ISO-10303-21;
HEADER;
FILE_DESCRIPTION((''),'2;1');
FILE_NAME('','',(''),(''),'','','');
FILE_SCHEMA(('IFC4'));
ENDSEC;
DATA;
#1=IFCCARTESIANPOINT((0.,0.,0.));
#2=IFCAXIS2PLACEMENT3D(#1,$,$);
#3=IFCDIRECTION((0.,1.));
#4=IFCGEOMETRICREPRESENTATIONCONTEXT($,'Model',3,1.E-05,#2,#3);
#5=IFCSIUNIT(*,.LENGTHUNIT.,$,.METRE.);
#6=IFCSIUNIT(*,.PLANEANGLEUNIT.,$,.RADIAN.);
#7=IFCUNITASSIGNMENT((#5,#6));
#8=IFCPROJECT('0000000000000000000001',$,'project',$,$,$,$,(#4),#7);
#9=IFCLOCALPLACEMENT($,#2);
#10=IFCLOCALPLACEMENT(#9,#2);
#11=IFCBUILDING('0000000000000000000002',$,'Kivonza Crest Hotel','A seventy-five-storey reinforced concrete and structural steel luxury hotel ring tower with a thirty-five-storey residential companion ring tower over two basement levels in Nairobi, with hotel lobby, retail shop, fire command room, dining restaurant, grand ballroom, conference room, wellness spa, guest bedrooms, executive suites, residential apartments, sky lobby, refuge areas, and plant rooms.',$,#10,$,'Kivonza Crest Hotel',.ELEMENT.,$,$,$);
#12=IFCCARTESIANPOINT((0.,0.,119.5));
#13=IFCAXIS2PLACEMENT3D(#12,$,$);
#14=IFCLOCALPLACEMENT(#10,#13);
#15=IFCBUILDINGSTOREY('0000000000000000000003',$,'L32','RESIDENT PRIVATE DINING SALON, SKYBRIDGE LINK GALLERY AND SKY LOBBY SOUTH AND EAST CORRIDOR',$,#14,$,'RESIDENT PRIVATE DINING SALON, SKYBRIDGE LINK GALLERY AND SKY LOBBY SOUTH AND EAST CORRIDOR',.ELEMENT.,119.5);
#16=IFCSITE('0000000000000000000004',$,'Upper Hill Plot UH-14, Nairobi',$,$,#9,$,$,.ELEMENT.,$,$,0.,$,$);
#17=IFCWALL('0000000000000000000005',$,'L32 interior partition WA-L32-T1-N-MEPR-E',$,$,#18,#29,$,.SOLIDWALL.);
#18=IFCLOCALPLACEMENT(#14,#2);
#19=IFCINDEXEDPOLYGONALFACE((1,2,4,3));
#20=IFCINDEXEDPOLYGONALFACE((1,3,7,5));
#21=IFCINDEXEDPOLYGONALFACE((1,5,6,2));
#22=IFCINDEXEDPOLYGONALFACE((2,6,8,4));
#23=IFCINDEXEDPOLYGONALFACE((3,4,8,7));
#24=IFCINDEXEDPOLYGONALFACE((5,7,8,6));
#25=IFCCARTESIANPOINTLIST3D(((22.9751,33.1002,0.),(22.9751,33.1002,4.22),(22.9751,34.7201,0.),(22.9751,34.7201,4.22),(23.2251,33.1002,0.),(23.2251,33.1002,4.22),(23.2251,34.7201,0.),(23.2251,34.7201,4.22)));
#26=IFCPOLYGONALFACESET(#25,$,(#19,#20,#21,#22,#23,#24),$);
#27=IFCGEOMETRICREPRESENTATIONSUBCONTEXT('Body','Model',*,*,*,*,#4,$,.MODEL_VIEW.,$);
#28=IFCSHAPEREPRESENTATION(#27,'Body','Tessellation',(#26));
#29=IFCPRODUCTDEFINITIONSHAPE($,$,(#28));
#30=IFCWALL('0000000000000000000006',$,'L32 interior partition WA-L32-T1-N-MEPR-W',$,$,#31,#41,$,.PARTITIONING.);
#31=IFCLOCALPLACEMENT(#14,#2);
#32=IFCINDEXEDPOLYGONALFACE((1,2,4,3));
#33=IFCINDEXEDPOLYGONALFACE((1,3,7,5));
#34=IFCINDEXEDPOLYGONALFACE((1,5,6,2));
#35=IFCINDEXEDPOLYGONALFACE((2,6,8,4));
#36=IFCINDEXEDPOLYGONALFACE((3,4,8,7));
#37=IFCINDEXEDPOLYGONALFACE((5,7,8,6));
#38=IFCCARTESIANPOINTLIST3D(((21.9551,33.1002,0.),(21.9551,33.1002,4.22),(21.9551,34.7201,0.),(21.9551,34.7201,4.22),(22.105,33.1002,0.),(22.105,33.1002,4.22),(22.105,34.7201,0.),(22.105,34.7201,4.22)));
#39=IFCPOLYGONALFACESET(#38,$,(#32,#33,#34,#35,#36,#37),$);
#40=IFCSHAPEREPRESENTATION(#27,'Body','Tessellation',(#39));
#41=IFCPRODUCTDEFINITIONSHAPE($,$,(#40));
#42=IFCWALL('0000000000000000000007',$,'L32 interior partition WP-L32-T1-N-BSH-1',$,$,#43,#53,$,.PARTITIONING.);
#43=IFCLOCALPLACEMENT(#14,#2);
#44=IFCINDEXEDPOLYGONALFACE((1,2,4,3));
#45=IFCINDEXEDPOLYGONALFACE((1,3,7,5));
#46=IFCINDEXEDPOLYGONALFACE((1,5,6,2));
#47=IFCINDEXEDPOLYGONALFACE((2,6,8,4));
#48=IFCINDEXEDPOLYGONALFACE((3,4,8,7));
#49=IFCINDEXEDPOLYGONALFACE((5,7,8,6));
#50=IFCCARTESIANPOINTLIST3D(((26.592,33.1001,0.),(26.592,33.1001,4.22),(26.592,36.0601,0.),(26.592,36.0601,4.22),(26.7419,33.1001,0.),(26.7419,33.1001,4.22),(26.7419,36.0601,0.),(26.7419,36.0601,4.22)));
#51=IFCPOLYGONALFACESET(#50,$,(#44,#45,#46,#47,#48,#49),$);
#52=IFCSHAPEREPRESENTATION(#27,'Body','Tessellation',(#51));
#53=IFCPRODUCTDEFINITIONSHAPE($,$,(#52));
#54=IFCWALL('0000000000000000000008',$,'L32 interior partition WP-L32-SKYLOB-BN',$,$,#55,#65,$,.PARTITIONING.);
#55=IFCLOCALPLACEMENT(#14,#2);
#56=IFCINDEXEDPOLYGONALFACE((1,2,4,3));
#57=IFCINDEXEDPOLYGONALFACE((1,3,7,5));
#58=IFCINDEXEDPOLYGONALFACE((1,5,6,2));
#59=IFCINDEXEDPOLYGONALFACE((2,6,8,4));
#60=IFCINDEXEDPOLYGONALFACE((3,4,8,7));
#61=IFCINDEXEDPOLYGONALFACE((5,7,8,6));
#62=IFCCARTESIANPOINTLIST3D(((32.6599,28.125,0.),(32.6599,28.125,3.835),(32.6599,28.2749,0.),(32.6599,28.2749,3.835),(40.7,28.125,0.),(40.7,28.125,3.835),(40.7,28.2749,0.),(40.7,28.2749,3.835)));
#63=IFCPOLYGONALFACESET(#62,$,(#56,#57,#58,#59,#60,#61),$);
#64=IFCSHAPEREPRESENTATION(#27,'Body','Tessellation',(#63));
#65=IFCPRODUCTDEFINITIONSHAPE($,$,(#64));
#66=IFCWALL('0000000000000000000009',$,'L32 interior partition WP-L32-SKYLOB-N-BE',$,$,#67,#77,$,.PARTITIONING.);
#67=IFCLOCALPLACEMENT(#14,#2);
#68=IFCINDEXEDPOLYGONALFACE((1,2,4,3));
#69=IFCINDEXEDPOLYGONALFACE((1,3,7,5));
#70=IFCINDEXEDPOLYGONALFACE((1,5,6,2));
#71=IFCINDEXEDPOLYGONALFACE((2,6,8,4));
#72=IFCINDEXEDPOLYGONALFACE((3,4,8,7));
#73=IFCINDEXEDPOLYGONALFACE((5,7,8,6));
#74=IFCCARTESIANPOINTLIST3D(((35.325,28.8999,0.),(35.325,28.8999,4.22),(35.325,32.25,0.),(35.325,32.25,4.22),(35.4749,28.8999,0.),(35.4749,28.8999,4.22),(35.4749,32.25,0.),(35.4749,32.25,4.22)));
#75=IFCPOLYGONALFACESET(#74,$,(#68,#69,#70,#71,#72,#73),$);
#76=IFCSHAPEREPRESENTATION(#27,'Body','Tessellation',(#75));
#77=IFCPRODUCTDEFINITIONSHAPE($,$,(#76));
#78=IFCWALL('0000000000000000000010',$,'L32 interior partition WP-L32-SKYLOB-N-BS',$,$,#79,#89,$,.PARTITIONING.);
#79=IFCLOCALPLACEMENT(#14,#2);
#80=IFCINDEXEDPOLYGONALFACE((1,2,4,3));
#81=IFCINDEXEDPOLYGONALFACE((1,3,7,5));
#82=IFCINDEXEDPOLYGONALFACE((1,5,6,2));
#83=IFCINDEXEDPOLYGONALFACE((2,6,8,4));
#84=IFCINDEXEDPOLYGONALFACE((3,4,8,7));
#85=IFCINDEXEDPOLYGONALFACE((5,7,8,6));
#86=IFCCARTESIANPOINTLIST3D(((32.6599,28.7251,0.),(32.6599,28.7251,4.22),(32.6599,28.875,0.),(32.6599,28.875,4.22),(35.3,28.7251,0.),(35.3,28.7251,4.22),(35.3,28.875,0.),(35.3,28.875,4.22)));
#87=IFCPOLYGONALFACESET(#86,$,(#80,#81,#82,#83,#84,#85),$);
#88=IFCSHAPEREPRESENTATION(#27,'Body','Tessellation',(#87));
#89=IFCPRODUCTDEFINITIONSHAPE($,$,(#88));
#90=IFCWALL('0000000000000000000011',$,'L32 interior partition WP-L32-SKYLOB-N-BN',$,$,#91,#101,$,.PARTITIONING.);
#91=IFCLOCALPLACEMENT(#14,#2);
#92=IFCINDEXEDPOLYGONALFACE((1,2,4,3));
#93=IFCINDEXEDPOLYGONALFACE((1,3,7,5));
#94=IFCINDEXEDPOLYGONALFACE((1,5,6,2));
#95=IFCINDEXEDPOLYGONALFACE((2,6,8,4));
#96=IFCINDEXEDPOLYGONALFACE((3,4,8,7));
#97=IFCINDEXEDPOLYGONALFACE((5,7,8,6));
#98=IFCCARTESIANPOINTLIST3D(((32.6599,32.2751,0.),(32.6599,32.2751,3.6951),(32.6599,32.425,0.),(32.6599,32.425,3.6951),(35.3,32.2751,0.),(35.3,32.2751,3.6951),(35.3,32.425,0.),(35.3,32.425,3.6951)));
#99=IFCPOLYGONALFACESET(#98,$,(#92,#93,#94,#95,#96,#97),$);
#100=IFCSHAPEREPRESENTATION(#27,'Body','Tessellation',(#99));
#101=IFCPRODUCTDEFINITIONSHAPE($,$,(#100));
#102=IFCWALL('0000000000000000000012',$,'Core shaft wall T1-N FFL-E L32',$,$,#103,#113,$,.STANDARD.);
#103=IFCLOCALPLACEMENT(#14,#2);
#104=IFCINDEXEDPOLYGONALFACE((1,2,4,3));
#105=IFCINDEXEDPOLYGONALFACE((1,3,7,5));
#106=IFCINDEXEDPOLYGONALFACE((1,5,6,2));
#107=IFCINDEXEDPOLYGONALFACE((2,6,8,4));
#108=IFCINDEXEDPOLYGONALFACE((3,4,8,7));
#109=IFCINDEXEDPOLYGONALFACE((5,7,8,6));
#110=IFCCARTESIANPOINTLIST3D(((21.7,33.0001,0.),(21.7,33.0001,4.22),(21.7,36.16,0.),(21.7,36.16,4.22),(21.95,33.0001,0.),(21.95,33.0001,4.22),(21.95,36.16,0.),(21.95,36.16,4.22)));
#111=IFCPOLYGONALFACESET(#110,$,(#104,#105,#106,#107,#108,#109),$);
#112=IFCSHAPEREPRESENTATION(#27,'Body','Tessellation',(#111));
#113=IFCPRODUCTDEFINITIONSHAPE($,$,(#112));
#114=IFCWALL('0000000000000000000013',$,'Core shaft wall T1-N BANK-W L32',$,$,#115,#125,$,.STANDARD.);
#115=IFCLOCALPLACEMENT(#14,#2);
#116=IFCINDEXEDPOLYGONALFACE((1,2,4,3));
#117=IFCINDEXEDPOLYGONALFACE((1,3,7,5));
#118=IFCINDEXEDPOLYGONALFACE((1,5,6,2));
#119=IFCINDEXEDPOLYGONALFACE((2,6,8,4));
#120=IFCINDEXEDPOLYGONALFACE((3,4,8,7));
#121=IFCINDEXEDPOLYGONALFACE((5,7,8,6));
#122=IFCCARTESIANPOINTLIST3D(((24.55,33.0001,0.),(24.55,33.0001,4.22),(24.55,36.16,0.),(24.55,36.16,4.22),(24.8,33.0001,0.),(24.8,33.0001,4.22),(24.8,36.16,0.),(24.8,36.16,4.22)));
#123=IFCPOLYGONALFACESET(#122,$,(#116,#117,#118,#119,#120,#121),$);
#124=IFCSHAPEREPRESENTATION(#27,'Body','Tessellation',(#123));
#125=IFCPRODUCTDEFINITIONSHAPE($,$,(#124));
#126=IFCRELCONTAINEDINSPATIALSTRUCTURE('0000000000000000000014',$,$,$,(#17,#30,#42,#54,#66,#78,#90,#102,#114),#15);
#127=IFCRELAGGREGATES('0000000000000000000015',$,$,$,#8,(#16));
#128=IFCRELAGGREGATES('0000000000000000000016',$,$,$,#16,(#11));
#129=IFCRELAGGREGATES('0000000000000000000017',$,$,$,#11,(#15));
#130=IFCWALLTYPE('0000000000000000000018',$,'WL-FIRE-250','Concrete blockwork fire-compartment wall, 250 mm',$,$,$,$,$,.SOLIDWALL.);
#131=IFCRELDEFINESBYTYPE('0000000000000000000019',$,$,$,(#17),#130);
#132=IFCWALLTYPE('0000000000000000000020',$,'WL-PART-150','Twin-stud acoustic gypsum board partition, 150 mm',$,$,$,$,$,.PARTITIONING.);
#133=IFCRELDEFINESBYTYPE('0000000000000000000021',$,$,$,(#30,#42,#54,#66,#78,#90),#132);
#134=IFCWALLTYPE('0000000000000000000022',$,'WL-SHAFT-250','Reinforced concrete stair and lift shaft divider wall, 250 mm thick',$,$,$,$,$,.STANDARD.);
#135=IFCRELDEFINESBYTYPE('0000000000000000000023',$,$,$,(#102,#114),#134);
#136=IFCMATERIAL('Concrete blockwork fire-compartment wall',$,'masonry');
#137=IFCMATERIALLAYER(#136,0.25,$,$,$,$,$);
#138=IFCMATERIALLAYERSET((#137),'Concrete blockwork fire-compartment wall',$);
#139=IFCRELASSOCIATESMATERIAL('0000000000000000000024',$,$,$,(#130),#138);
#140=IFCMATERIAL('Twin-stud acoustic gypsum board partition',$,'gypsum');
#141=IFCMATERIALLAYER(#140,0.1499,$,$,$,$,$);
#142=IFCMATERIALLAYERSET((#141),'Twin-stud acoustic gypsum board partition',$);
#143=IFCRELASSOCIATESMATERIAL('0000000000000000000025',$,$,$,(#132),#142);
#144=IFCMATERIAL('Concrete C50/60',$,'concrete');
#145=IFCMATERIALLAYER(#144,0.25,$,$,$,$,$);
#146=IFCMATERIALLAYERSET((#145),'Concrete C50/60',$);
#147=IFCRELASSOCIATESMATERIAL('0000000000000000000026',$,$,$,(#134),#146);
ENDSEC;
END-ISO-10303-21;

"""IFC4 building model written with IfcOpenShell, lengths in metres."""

from ifc_helpers import new_model, si_unit, direction, frame, frame_2d, origin, place, context, subcontext, project, spatial, rectangle, extrude, material, layer, layer_set, type_object, element, save


model = new_model("IFC4")

# Units and contexts
model_context = context("Model", 3, precision=1e-05, world=origin(), true_north=direction((0.0, 1.0)))
body_context = subcontext(model_context, "Body", "Model", "MODEL_VIEW")
ifc_project = project(units=[si_unit("LENGTHUNIT", "METRE"), si_unit("PLANEANGLEUNIT", "RADIAN")], contexts=[model_context])

# Site, building, storey
site_placement = place(None, origin())
site = spatial("IfcSite", under=ifc_project, at=site_placement, Name="Upper Hill Plot UH-14, Nairobi", CompositionType="ELEMENT", RefElevation=0.0)
building_placement = place(site_placement, origin())
building = spatial("IfcBuilding", under=site, at=building_placement, Name="Kivonza Crest Hotel", Description="A seventy-five-storey reinforced concrete and structural steel luxury hotel ring tower with a thirty-five-storey residential companion ring tower over two basement levels in Nairobi, with hotel lobby, retail shop, fire command room, dining restaurant, grand ballroom, conference room, wellness spa, guest bedrooms, executive suites, residential apartments, sky lobby, refuge areas, and plant rooms.", LongName="Kivonza Crest Hotel", CompositionType="ELEMENT")
storey_placement = place(building_placement, frame((0.0, 0.0, 119.5)))
storey = spatial("IfcBuildingStorey", under=building, at=storey_placement, Name="L32", Description="RESIDENT PRIVATE DINING SALON, SKYBRIDGE LINK GALLERY AND SKY LOBBY SOUTH AND EAST CORRIDOR", LongName="RESIDENT PRIVATE DINING SALON, SKYBRIDGE LINK GALLERY AND SKY LOBBY SOUTH AND EAST CORRIDOR", CompositionType="ELEMENT", Elevation=119.5)

# Shared definitions
ifc_material_1 = material(Name="Concrete C50/60", Category="concrete")

# Walls
ifc_material_2 = material(Name="Concrete blockwork fire-compartment wall", Category="masonry")
ifc_layer_1 = layer(ifc_material_2, 0.25)
ifc_layer_set_1 = layer_set([ifc_layer_1], Name="Concrete blockwork fire-compartment wall")
wall_type_1 = type_object("IfcWallType", Name="WL-FIRE-250", Description="Concrete blockwork fire-compartment wall, 250 mm", PredefinedType="SOLIDWALL", material=ifc_layer_set_1)
wall_1_placement = place(storey_placement, frame((23.1001, 33.1001, 0.0), z_axis=(0.0, 0.0, 1.0), x_axis=(0.0, 1.0, 0.0)))
element("IfcWall", 1, at=wall_1_placement, inside=storey, type_object=wall_type_1, Name="L32 interior partition WA-L32-T1-N-MEPR-E", PredefinedType="SOLIDWALL", context=body_context, shape_type="SweptSolid", body=[
    extrude(rectangle(XDim=1.6199, YDim=0.25, at=frame_2d((0.8101, 0.0))), origin(), (0.0, 0.0, 1.0), 4.22),
])
ifc_material_3 = material(Name="Twin-stud acoustic gypsum board partition", Category="gypsum")
ifc_layer_2 = layer(ifc_material_3, 0.1499)
ifc_layer_set_2 = layer_set([ifc_layer_2], Name="Twin-stud acoustic gypsum board partition")
wall_type_2 = type_object("IfcWallType", Name="WL-PART-150", Description="Twin-stud acoustic gypsum board partition, 150 mm", PredefinedType="PARTITIONING", material=ifc_layer_set_2)
wall_2_placement = place(storey_placement, frame((22.03, 33.1001, 0.0), z_axis=(0.0, 0.0, 1.0), x_axis=(0.0, 1.0, 0.0)))
element("IfcWall", 2, at=wall_2_placement, inside=storey, type_object=wall_type_2, Name="L32 interior partition WA-L32-T1-N-MEPR-W", PredefinedType="PARTITIONING", context=body_context, shape_type="SweptSolid", body=[
    extrude(rectangle(XDim=1.6199, YDim=0.1499, at=frame_2d((0.8101, 0.0))), origin(), (0.0, 0.0, 1.0), 4.22),
])
wall_3_placement = place(storey_placement, frame((26.667, 33.1001, 0.0), z_axis=(0.0, 0.0, 1.0), x_axis=(0.0, 1.0, 0.0)))
element("IfcWall", 3, at=wall_3_placement, inside=storey, type_object=wall_type_2, Name="L32 interior partition WP-L32-T1-N-BSH-1", PredefinedType="PARTITIONING", context=body_context, shape_type="SweptSolid", body=[
    extrude(rectangle(XDim=2.96, YDim=0.1499, at=frame_2d((1.48, 0.0))), origin(), (0.0, 0.0, 1.0), 4.22),
])
wall_4_placement = place(storey_placement, frame((32.6599, 28.2, 0.0), z_axis=(0.0, 0.0, 1.0), x_axis=(1.0, 0.0, 0.0)))
element("IfcWall", 4, at=wall_4_placement, inside=storey, type_object=wall_type_2, Name="L32 interior partition WP-L32-SKYLOB-BN", PredefinedType="PARTITIONING", context=body_context, shape_type="SweptSolid", body=[
    extrude(rectangle(XDim=8.04, YDim=0.1499, at=frame_2d((4.02, 0.0))), origin(), (0.0, 0.0, 1.0), 3.835),
])
wall_5_placement = place(storey_placement, frame((35.3999, 28.8999, 0.0), z_axis=(0.0, 0.0, 1.0), x_axis=(0.0, 1.0, 0.0)))
element("IfcWall", 5, at=wall_5_placement, inside=storey, type_object=wall_type_2, Name="L32 interior partition WP-L32-SKYLOB-N-BE", PredefinedType="PARTITIONING", context=body_context, shape_type="SweptSolid", body=[
    extrude(rectangle(XDim=3.3501, YDim=0.1499, at=frame_2d((1.675, 0.0))), origin(), (0.0, 0.0, 1.0), 4.22),
])
wall_6_placement = place(storey_placement, frame((32.6599, 28.8, 0.0), z_axis=(0.0, 0.0, 1.0), x_axis=(1.0, 0.0, 0.0)))
element("IfcWall", 6, at=wall_6_placement, inside=storey, type_object=wall_type_2, Name="L32 interior partition WP-L32-SKYLOB-N-BS", PredefinedType="PARTITIONING", context=body_context, shape_type="SweptSolid", body=[
    extrude(rectangle(XDim=2.6401, YDim=0.1499, at=frame_2d((1.3201, 0.0))), origin(), (0.0, 0.0, 1.0), 4.22),
])
wall_7_placement = place(storey_placement, frame((32.6599, 32.3501, 0.0), z_axis=(0.0, 0.0, 1.0), x_axis=(1.0, 0.0, 0.0)))
element("IfcWall", 7, at=wall_7_placement, inside=storey, type_object=wall_type_2, Name="L32 interior partition WP-L32-SKYLOB-N-BN", PredefinedType="PARTITIONING", context=body_context, shape_type="SweptSolid", body=[
    extrude(rectangle(XDim=2.6401, YDim=0.1499, at=frame_2d((1.3201, 0.0))), origin(), (0.0, 0.0, 1.0), 3.6951),
])
ifc_layer_3 = layer(ifc_material_1, 0.25)
ifc_layer_set_3 = layer_set([ifc_layer_3], Name="Concrete C50/60")
wall_type_3 = type_object("IfcWallType", Name="WL-SHAFT-250", Description="Reinforced concrete stair and lift shaft divider wall, 250 mm thick", PredefinedType="STANDARD", material=ifc_layer_set_3)
for number, where, z_axis, x_axis, name in (
    (8, (21.825, 33.0, 0.0), (0.0, 0.0, 1.0), (0.0, 1.0, 0.0), "Core shaft wall T1-N FFL-E L32"),
    (9, (24.675, 33.0, 0.0), (0.0, 0.0, 1.0), (0.0, 1.0, 0.0), "Core shaft wall T1-N BANK-W L32"),
):
    element("IfcWall", number, at=place(storey_placement, frame(where, z_axis=z_axis, x_axis=x_axis)), inside=storey, type_object=wall_type_3, Name=name, PredefinedType="STANDARD", context=body_context, shape_type="SweptSolid", body=[
        extrude(rectangle(XDim=3.1599, YDim=0.25, at=frame_2d((1.5801, 0.0))), origin(), (0.0, 0.0, 1.0), 4.22),
    ])

save(model, "model.ifc")
